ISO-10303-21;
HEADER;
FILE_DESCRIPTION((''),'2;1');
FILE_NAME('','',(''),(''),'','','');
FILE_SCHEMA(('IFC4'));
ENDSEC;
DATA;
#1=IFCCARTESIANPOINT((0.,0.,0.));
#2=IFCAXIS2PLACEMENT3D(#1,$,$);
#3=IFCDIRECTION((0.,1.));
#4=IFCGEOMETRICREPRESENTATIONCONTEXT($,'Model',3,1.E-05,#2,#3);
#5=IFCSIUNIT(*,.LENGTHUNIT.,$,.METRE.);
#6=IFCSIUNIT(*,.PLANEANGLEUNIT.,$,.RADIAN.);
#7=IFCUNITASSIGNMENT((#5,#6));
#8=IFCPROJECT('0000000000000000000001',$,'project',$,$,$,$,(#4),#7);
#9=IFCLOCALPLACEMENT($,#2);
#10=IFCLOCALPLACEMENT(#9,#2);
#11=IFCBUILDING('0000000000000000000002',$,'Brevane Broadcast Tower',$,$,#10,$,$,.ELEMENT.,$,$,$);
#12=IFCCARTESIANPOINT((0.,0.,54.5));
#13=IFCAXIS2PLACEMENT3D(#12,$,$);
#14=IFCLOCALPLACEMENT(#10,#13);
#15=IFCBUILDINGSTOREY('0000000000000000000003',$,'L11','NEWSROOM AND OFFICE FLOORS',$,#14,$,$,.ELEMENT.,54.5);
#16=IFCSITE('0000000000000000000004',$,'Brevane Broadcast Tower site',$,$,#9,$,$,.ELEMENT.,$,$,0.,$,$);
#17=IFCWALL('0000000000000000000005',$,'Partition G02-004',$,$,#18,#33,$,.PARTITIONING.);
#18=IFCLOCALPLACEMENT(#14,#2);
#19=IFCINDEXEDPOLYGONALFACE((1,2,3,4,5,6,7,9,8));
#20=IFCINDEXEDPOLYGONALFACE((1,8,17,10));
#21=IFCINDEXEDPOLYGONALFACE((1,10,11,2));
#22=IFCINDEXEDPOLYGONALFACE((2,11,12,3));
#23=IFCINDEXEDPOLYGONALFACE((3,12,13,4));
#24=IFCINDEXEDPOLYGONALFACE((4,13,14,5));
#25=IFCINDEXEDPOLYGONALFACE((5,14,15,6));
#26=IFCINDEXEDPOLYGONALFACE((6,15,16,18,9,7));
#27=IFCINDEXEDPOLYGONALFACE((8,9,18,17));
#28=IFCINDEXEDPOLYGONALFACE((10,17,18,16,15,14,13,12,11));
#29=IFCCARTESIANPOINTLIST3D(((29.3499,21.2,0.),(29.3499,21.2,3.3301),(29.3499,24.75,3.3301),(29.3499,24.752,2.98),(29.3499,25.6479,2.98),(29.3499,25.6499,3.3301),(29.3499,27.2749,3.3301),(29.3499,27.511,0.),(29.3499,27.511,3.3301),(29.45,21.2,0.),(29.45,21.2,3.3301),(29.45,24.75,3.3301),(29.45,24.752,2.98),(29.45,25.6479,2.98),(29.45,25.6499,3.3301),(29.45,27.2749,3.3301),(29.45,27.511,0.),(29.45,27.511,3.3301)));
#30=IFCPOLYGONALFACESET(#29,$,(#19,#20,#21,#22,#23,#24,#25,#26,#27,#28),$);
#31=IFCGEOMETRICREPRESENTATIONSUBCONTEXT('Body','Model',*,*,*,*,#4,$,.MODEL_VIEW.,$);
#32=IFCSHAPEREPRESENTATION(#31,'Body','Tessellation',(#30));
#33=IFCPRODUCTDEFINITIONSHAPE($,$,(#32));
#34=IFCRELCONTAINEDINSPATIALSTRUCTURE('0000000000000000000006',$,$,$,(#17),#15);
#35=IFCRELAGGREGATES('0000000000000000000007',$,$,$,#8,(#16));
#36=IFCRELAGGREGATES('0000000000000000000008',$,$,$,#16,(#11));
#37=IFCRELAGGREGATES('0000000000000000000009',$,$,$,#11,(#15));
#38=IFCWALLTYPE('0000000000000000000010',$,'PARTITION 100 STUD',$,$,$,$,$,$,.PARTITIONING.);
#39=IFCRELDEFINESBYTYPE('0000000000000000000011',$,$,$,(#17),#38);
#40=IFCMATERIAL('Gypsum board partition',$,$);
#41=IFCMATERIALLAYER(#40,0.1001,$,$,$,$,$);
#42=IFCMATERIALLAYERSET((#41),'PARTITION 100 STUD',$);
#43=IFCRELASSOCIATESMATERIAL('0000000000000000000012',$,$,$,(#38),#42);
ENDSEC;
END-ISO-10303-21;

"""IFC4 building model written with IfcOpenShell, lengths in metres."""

from ifc_helpers import new_model, si_unit, direction, frame, origin, place, context, subcontext, project, spatial, polyline, outline, extrude, material, layer, layer_set, type_object, element, save


model = new_model("IFC4")

# Units and contexts
model_context = context("Model", 3, precision=1e-05, world=origin(), true_north=direction((0.0, 1.0)))
body_context = subcontext(model_context, "Body", "Model", "MODEL_VIEW")
ifc_project = project(units=[si_unit("LENGTHUNIT", "METRE"), si_unit("PLANEANGLEUNIT", "RADIAN")], contexts=[model_context])

# Site, building, storey
site_placement = place(None, origin())
site = spatial("IfcSite", under=ifc_project, at=site_placement, Name="Brevane Broadcast Tower site", CompositionType="ELEMENT", RefElevation=0.0)
building_placement = place(site_placement, origin())
building = spatial("IfcBuilding", under=site, at=building_placement, Name="Brevane Broadcast Tower", CompositionType="ELEMENT")
storey_placement = place(building_placement, frame((0.0, 0.0, 54.5)))
storey = spatial("IfcBuildingStorey", under=building, at=storey_placement, Name="L11", Description="NEWSROOM AND OFFICE FLOORS", CompositionType="ELEMENT", Elevation=54.5)

# Wall
ifc_material_1 = material(Name="Gypsum board partition")
ifc_layer = layer(ifc_material_1, 0.1001)
ifc_layer_set = layer_set([ifc_layer], Name="PARTITION 100 STUD")
wall_type = type_object("IfcWallType", Name="PARTITION 100 STUD", PredefinedType="PARTITIONING", material=ifc_layer_set)
wall_placement = place(storey_placement, frame((29.3999, 27.511, 0.0), z_axis=(0.0, 0.0, 1.0), x_axis=(0.0, -1.0, 0.0)))
element("IfcWall", 1, at=wall_placement, inside=storey, type_object=wall_type, Name="Partition G02-004", PredefinedType="PARTITIONING", context=body_context, shape_type="SweptSolid", body=[
    extrude(outline(polyline([(0.0, 0.0), (6.311, 0.0), (6.311, 3.3301), (2.761, 3.3301), (2.759, 2.98), (1.863, 2.98), (1.8611, 3.3301), (0.2361, 3.3301), (0.0, 3.3301), (0.0, 0.0)])), frame((0.0, 0.05, 0.0), z_axis=(0.0, -1.0, 0.0), x_axis=(1.0, 0.0, 0.0)), (0.0, 0.0, 1.0), 0.1001),
])

save(model, "model.ifc")
